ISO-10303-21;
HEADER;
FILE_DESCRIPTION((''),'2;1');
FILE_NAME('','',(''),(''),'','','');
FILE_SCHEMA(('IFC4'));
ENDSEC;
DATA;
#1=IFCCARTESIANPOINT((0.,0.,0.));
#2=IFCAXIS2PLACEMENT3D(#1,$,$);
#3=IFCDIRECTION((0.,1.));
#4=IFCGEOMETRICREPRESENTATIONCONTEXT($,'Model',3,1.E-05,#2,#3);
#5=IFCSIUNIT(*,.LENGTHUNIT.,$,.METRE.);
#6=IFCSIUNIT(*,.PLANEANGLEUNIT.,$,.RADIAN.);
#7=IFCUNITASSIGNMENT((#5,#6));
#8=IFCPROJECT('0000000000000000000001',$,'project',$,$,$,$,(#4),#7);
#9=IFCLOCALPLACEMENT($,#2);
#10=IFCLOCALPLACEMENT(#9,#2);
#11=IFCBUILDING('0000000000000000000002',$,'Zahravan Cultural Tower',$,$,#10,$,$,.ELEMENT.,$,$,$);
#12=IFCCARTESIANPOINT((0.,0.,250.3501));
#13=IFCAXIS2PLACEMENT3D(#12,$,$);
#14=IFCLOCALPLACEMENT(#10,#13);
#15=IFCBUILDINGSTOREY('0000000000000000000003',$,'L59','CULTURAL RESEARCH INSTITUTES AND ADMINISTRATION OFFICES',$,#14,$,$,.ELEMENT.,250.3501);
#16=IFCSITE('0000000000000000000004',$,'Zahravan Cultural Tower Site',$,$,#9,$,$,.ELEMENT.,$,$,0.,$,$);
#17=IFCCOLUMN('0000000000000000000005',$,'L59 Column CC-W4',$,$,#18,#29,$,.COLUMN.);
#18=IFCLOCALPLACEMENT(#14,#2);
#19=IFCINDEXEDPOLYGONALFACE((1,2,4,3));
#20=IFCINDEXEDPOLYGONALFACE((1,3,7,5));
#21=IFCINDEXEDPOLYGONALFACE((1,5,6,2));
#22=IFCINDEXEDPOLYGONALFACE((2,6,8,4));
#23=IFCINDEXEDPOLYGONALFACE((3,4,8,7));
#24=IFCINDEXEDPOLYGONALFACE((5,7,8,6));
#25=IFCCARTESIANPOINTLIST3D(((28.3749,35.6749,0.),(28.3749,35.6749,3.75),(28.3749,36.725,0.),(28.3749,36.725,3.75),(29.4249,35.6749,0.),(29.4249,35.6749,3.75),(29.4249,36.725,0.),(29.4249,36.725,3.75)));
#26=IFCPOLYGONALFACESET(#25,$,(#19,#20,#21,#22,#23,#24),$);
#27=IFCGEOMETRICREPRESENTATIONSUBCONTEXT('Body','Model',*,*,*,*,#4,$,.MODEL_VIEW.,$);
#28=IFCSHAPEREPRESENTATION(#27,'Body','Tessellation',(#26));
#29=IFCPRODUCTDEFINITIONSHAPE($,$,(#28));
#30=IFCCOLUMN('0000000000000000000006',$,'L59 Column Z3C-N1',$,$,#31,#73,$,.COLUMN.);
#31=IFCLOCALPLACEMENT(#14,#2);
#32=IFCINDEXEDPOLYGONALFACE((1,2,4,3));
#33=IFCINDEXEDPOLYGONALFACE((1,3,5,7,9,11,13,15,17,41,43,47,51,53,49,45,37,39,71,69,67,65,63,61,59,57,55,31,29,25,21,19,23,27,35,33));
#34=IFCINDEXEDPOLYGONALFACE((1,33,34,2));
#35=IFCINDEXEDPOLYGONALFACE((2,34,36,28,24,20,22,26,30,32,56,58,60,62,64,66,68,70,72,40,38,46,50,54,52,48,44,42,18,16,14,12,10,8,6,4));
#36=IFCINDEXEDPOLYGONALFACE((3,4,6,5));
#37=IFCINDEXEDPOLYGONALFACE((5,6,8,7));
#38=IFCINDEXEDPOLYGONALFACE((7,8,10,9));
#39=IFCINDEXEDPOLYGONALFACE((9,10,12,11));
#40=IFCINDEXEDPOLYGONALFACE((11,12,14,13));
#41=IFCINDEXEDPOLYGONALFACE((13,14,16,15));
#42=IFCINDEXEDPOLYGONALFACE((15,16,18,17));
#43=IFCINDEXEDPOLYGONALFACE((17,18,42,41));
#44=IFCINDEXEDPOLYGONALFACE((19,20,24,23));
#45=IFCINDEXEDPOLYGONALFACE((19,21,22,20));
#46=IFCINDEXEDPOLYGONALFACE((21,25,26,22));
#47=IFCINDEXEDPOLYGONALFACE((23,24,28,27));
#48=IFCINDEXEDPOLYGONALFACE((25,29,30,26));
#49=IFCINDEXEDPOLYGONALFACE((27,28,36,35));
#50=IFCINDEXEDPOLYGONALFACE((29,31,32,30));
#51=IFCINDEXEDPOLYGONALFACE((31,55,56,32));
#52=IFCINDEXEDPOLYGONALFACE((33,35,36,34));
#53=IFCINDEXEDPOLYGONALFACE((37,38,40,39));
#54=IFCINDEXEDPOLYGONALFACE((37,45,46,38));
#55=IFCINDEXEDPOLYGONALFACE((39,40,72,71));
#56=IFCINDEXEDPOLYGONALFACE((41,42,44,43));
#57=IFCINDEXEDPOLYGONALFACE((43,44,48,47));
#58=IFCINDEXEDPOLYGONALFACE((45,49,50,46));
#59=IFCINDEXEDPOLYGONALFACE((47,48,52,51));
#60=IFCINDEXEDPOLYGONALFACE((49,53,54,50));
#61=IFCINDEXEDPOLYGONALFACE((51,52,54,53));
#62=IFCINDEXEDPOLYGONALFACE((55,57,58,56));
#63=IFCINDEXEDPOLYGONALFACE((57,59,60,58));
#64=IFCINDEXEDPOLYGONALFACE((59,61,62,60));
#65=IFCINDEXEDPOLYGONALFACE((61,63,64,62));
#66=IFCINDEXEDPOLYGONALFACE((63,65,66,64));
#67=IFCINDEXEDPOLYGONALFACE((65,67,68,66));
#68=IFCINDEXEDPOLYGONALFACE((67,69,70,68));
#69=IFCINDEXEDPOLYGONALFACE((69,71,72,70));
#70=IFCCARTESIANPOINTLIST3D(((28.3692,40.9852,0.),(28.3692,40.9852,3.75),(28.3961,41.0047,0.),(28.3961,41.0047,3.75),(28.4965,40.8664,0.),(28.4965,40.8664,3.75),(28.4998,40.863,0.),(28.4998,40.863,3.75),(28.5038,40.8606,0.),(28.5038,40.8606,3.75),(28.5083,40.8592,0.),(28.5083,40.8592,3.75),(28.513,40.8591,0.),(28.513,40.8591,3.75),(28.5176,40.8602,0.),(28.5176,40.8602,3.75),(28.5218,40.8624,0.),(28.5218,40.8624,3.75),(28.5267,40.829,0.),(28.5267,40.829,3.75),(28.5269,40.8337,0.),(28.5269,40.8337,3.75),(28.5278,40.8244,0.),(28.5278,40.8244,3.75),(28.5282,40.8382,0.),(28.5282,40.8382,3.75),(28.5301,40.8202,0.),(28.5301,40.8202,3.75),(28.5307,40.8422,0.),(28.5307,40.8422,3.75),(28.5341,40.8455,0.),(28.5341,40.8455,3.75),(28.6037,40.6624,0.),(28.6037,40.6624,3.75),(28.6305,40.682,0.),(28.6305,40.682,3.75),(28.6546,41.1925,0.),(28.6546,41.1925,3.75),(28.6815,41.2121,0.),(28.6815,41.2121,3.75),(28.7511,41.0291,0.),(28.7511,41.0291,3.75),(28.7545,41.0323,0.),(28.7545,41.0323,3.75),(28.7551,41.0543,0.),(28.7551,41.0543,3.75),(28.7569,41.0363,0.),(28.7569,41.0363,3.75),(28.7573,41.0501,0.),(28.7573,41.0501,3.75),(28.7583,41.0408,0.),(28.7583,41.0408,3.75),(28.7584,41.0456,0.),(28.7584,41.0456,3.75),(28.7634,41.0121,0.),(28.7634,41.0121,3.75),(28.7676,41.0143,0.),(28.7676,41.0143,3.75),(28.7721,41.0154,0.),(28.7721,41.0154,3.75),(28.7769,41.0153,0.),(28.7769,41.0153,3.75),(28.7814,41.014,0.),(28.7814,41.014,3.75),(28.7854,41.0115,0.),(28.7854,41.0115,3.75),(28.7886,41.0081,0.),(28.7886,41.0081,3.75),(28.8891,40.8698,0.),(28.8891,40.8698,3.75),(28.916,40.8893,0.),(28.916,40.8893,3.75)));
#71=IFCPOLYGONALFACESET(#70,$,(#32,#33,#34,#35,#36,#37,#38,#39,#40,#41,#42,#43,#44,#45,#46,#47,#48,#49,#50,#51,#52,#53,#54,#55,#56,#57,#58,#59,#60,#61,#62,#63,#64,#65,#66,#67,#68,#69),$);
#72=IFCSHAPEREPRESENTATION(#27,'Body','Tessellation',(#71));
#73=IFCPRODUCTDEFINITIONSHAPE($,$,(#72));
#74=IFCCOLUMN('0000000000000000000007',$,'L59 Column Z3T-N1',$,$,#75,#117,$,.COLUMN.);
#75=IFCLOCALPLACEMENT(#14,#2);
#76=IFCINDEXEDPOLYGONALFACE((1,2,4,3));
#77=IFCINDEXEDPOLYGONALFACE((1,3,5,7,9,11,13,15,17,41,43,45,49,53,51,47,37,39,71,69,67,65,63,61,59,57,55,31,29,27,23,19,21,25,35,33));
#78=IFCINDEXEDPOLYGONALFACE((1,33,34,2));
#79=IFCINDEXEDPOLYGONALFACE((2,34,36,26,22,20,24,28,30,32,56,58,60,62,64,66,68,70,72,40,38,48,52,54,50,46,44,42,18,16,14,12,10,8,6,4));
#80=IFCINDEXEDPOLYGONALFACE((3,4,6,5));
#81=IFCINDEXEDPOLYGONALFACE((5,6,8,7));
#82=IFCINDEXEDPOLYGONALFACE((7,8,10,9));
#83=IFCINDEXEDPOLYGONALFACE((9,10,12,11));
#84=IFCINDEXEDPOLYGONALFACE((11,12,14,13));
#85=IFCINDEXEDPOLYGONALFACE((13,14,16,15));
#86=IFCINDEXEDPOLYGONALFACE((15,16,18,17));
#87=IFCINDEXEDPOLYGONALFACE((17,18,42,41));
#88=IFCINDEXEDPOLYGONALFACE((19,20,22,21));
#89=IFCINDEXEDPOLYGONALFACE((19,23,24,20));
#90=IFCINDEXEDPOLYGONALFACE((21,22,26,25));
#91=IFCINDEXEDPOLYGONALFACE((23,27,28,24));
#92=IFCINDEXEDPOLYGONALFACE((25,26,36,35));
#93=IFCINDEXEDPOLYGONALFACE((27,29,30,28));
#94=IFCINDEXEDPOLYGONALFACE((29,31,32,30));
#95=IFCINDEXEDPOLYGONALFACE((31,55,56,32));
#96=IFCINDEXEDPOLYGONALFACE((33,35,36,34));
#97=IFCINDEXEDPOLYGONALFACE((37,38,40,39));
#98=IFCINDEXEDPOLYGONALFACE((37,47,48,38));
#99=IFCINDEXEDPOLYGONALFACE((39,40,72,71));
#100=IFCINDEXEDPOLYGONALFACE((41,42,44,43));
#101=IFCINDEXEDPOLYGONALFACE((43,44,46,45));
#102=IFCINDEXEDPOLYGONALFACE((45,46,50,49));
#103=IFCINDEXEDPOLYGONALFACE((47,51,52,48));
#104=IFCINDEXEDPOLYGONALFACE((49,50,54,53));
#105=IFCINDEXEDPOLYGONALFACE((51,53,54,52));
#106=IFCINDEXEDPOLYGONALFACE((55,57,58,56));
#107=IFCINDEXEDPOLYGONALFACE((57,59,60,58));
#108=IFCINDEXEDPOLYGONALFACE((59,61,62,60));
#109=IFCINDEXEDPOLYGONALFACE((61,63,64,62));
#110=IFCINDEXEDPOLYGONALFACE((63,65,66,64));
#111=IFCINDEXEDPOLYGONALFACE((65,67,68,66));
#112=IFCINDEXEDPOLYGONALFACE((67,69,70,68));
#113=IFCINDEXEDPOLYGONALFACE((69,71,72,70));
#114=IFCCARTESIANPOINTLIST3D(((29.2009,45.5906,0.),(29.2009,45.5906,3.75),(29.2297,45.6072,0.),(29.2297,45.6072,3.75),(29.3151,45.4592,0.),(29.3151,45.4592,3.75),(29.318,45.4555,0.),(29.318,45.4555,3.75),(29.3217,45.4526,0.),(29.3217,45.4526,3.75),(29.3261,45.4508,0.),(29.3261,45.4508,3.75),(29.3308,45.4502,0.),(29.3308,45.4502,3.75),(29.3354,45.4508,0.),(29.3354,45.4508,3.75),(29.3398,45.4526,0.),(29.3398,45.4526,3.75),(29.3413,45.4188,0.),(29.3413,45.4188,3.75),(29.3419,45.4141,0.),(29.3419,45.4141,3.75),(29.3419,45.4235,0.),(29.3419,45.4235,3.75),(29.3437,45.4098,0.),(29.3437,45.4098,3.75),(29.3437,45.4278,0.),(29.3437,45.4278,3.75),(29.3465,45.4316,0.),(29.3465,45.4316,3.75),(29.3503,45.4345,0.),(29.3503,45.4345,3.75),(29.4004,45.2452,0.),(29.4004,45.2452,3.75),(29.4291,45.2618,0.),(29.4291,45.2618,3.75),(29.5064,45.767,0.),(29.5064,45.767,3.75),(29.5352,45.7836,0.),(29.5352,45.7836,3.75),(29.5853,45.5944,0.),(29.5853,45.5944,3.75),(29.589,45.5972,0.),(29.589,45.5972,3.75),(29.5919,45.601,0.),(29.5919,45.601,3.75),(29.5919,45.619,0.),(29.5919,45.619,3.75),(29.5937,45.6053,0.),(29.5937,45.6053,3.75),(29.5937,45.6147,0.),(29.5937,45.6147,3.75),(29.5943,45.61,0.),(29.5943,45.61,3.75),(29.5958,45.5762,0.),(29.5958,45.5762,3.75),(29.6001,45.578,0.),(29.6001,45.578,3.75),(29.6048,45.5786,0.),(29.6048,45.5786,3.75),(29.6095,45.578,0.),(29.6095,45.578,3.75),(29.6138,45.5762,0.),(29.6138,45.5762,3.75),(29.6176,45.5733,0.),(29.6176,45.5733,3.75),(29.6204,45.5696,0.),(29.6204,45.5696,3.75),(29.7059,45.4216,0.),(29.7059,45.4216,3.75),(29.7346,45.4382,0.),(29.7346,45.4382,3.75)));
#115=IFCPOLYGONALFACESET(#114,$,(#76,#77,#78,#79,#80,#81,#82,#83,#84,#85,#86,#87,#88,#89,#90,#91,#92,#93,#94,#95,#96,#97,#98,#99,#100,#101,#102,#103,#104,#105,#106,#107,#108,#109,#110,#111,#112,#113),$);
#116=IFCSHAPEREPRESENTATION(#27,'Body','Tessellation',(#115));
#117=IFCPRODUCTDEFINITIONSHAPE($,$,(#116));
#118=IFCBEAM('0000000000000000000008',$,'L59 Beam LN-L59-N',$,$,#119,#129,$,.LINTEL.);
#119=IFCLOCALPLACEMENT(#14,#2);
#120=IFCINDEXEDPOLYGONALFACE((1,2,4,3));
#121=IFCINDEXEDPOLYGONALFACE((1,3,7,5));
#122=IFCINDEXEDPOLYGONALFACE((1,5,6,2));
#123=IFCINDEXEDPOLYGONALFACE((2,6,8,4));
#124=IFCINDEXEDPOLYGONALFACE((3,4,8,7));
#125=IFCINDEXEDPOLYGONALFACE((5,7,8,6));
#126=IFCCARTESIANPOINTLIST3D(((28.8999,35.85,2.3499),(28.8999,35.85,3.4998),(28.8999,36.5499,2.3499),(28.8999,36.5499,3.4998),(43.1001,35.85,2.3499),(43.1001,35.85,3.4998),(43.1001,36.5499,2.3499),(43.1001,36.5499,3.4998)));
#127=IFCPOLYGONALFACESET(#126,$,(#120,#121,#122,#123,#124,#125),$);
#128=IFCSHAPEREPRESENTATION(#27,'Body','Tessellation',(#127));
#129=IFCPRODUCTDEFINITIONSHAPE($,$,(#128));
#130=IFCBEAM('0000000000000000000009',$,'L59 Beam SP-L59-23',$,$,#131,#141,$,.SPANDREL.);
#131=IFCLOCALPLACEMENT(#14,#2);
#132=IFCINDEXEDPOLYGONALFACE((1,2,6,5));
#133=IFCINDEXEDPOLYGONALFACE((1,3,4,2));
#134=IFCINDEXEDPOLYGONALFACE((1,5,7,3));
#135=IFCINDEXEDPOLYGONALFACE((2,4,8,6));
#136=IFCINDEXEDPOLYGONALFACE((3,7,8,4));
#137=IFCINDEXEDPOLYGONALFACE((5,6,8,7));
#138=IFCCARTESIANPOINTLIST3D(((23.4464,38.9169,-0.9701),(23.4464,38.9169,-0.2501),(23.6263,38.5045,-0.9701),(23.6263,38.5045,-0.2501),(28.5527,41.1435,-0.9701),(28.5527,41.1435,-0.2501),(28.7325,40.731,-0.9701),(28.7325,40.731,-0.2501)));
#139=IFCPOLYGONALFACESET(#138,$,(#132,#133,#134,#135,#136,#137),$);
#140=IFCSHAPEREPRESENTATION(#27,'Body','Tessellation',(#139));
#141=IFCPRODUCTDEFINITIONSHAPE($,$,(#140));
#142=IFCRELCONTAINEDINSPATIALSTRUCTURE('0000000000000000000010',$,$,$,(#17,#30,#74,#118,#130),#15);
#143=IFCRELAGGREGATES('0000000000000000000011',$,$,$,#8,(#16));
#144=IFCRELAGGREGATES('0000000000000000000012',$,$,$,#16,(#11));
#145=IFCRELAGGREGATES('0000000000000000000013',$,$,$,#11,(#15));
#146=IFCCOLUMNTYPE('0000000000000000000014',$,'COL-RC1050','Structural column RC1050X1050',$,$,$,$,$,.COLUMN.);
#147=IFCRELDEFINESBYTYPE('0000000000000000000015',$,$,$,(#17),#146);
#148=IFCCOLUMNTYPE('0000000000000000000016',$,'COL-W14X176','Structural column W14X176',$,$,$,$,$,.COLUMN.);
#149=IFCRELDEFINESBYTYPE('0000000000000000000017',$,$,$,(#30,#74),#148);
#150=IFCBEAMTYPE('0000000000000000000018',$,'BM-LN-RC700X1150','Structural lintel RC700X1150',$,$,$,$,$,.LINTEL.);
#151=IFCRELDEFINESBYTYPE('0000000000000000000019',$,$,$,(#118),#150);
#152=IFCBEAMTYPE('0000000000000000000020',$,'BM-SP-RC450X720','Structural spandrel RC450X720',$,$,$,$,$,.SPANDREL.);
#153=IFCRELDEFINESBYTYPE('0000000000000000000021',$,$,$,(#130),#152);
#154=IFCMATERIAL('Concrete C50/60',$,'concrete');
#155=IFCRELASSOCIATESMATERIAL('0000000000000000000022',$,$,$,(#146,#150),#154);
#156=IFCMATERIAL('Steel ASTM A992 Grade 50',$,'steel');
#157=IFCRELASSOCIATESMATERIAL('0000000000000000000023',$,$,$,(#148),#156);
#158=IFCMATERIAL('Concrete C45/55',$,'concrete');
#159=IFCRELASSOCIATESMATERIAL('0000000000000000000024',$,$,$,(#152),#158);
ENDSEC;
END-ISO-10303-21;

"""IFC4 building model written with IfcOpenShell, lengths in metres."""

from ifc_helpers import new_model, si_unit, direction, frame, origin, origin_2d, place, context, subcontext, project, spatial, rectangle, i_section, extrude, source, transform, mapped, material, material_profile, profile_set, type_object, element, save


model = new_model("IFC4")

# Units and contexts
model_context = context("Model", 3, precision=1e-05, world=origin(), true_north=direction((0.0, 1.0)))
body_context = subcontext(model_context, "Body", "Model", "MODEL_VIEW")
ifc_project = project(units=[si_unit("LENGTHUNIT", "METRE"), si_unit("PLANEANGLEUNIT", "RADIAN")], contexts=[model_context])

# Site, building, storey
site_placement = place(None, origin())
site = spatial("IfcSite", under=ifc_project, at=site_placement, Name="Zahravan Cultural Tower Site", CompositionType="ELEMENT", RefElevation=0.0)
building_placement = place(site_placement, origin())
building = spatial("IfcBuilding", under=site, at=building_placement, Name="Zahravan Cultural Tower", CompositionType="ELEMENT")
storey_placement = place(building_placement, frame((0.0, 0.0, 250.3501)))
storey = spatial("IfcBuildingStorey", under=building, at=storey_placement, Name="L59", Description="CULTURAL RESEARCH INSTITUTES AND ADMINISTRATION OFFICES", CompositionType="ELEMENT", Elevation=250.3501)

# Columns
ifc_material_1 = material(Name="Concrete C50/60", Category="concrete")
ifc_material_profile_1 = material_profile(ifc_material_1, rectangle(XDim=1.05, YDim=1.05, at=origin_2d()), Name="RC1050X1050")
ifc_profile_set_1 = profile_set([ifc_material_profile_1], Name="Concrete C50/60")
column_type_1 = type_object("IfcColumnType", Name="COL-RC1050", Description="Structural column RC1050X1050", PredefinedType="COLUMN", material=ifc_profile_set_1)
shared_shape_1 = source(origin(), body_context, "Body", "SweptSolid", [
    extrude(rectangle(XDim=1.05, YDim=1.05, at=origin_2d()), origin(), (0.0, 0.0, 1.0), 3.75),
])
column_placement = place(storey_placement, frame((28.8999, 36.2, 0.0), z_axis=(0.0, 0.0, 1.0), x_axis=(1.0, 0.0, 0.0)))
element("IfcColumn", 1, at=column_placement, inside=storey, type_object=column_type_1, Name="L59 Column CC-W4", PredefinedType="COLUMN", context=body_context, shape_type="MappedRepresentation", body=[
    mapped(shared_shape_1, transform((0.0, 0.0, 0.0), x_axis=(1.0, 0.0, 0.0), y_axis=(0.0, 1.0, 0.0), z_axis=(0.0, 0.0, 1.0), scale=1.0)),
])
ifc_material_2 = material(Name="Steel ASTM A992 Grade 50", Category="steel")
ifc_material_profile_2 = material_profile(ifc_material_2, i_section(OverallWidth=0.3989, OverallDepth=0.386, WebThickness=0.021, FlangeThickness=0.0332, FilletRadius=0.0181, at=origin_2d()), Name="W14X176")
ifc_profile_set_2 = profile_set([ifc_material_profile_2], Name="Steel ASTM A992 Grade 50")
column_type_2 = type_object("IfcColumnType", Name="COL-W14X176", Description="Structural column W14X176", PredefinedType="COLUMN", material=ifc_profile_set_2)
shared_shape_2 = source(origin(), body_context, "Body", "SweptSolid", [
    extrude(i_section(OverallWidth=0.3989, OverallDepth=0.386, WebThickness=0.021, FlangeThickness=0.0332, FilletRadius=0.0181, at=origin_2d()), origin(), (0.0, 0.0, 1.0), 3.75),
])
for number, where, z_axis, x_axis, name in (
    (2, (28.6426, 40.9373, 0.0), (0.0, 0.0, 1.0), (-0.587785, 0.809017, 0.0), "L59 Column Z3C-N1"),
    (3, (29.4678, 45.5144, 0.0), (0.0, 0.0, 1.0), (-0.5, 0.866025, 0.0), "L59 Column Z3T-N1"),
):
    element("IfcColumn", number, at=place(storey_placement, frame(where, z_axis=z_axis, x_axis=x_axis)), inside=storey, type_object=column_type_2, Name=name, PredefinedType="COLUMN", context=body_context, shape_type="MappedRepresentation", body=[
        mapped(shared_shape_2, transform((0.0, 0.0, 0.0), x_axis=(1.0, 0.0, 0.0), y_axis=(0.0, 1.0, 0.0), z_axis=(0.0, 0.0, 1.0), scale=1.0)),
    ])

# Beams
ifc_material_profile_3 = material_profile(ifc_material_1, rectangle(XDim=0.7, YDim=1.1499, at=origin_2d()), Name="RC700X1150")
ifc_profile_set_3 = profile_set([ifc_material_profile_3], Name="Concrete C50/60")
beam_type_1 = type_object("IfcBeamType", Name="BM-LN-RC700X1150", Description="Structural lintel RC700X1150", PredefinedType="LINTEL", material=ifc_profile_set_3)
shared_shape_3 = source(origin(), body_context, "Body", "SweptSolid", [
    extrude(rectangle(XDim=0.7, YDim=1.1499, at=origin_2d()), origin(), (0.0, 0.0, 1.0), 14.2002),
])
beam_1_placement = place(storey_placement, frame((28.8999, 36.2, 2.9248), z_axis=(1.0, 0.0, 0.0), x_axis=(0.0, 1.0, 0.0)))
element("IfcBeam", 4, at=beam_1_placement, inside=storey, type_object=beam_type_1, Name="L59 Beam LN-L59-N", PredefinedType="LINTEL", context=body_context, shape_type="MappedRepresentation", body=[
    mapped(shared_shape_3, transform((0.0, 0.0, 0.0), x_axis=(1.0, 0.0, 0.0), y_axis=(0.0, 1.0, 0.0), z_axis=(0.0, 0.0, 1.0), scale=1.0)),
])
ifc_material_3 = material(Name="Concrete C45/55", Category="concrete")
ifc_material_profile_4 = material_profile(ifc_material_3, rectangle(XDim=0.45, YDim=0.72, at=origin_2d()), Name="RC450X720")
ifc_profile_set_4 = profile_set([ifc_material_profile_4], Name="Concrete C45/55")
beam_type_2 = type_object("IfcBeamType", Name="BM-SP-RC450X720", Description="Structural spandrel RC450X720", PredefinedType="SPANDREL", material=ifc_profile_set_4)
shared_shape_4 = source(origin(), body_context, "Body", "SweptSolid", [
    extrude(rectangle(XDim=0.45, YDim=0.72, at=origin_2d()), origin(), (0.0, 0.0, 1.0), 5.5706),
])
beam_2_placement = place(storey_placement, frame((28.6426, 40.9373, -0.6101), z_axis=(-0.916645, -0.399703, 0.0), x_axis=(0.399703, -0.916645, 0.0)))
element("IfcBeam", 5, at=beam_2_placement, inside=storey, type_object=beam_type_2, Name="L59 Beam SP-L59-23", PredefinedType="SPANDREL", context=body_context, shape_type="MappedRepresentation", body=[
    mapped(shared_shape_4, transform((0.0, 0.0, 0.0), x_axis=(1.0, 0.0, 0.0), y_axis=(0.0, 1.0, 0.0), z_axis=(0.0, 0.0, 1.0), scale=1.0)),
])

save(model, "model.ifc")
